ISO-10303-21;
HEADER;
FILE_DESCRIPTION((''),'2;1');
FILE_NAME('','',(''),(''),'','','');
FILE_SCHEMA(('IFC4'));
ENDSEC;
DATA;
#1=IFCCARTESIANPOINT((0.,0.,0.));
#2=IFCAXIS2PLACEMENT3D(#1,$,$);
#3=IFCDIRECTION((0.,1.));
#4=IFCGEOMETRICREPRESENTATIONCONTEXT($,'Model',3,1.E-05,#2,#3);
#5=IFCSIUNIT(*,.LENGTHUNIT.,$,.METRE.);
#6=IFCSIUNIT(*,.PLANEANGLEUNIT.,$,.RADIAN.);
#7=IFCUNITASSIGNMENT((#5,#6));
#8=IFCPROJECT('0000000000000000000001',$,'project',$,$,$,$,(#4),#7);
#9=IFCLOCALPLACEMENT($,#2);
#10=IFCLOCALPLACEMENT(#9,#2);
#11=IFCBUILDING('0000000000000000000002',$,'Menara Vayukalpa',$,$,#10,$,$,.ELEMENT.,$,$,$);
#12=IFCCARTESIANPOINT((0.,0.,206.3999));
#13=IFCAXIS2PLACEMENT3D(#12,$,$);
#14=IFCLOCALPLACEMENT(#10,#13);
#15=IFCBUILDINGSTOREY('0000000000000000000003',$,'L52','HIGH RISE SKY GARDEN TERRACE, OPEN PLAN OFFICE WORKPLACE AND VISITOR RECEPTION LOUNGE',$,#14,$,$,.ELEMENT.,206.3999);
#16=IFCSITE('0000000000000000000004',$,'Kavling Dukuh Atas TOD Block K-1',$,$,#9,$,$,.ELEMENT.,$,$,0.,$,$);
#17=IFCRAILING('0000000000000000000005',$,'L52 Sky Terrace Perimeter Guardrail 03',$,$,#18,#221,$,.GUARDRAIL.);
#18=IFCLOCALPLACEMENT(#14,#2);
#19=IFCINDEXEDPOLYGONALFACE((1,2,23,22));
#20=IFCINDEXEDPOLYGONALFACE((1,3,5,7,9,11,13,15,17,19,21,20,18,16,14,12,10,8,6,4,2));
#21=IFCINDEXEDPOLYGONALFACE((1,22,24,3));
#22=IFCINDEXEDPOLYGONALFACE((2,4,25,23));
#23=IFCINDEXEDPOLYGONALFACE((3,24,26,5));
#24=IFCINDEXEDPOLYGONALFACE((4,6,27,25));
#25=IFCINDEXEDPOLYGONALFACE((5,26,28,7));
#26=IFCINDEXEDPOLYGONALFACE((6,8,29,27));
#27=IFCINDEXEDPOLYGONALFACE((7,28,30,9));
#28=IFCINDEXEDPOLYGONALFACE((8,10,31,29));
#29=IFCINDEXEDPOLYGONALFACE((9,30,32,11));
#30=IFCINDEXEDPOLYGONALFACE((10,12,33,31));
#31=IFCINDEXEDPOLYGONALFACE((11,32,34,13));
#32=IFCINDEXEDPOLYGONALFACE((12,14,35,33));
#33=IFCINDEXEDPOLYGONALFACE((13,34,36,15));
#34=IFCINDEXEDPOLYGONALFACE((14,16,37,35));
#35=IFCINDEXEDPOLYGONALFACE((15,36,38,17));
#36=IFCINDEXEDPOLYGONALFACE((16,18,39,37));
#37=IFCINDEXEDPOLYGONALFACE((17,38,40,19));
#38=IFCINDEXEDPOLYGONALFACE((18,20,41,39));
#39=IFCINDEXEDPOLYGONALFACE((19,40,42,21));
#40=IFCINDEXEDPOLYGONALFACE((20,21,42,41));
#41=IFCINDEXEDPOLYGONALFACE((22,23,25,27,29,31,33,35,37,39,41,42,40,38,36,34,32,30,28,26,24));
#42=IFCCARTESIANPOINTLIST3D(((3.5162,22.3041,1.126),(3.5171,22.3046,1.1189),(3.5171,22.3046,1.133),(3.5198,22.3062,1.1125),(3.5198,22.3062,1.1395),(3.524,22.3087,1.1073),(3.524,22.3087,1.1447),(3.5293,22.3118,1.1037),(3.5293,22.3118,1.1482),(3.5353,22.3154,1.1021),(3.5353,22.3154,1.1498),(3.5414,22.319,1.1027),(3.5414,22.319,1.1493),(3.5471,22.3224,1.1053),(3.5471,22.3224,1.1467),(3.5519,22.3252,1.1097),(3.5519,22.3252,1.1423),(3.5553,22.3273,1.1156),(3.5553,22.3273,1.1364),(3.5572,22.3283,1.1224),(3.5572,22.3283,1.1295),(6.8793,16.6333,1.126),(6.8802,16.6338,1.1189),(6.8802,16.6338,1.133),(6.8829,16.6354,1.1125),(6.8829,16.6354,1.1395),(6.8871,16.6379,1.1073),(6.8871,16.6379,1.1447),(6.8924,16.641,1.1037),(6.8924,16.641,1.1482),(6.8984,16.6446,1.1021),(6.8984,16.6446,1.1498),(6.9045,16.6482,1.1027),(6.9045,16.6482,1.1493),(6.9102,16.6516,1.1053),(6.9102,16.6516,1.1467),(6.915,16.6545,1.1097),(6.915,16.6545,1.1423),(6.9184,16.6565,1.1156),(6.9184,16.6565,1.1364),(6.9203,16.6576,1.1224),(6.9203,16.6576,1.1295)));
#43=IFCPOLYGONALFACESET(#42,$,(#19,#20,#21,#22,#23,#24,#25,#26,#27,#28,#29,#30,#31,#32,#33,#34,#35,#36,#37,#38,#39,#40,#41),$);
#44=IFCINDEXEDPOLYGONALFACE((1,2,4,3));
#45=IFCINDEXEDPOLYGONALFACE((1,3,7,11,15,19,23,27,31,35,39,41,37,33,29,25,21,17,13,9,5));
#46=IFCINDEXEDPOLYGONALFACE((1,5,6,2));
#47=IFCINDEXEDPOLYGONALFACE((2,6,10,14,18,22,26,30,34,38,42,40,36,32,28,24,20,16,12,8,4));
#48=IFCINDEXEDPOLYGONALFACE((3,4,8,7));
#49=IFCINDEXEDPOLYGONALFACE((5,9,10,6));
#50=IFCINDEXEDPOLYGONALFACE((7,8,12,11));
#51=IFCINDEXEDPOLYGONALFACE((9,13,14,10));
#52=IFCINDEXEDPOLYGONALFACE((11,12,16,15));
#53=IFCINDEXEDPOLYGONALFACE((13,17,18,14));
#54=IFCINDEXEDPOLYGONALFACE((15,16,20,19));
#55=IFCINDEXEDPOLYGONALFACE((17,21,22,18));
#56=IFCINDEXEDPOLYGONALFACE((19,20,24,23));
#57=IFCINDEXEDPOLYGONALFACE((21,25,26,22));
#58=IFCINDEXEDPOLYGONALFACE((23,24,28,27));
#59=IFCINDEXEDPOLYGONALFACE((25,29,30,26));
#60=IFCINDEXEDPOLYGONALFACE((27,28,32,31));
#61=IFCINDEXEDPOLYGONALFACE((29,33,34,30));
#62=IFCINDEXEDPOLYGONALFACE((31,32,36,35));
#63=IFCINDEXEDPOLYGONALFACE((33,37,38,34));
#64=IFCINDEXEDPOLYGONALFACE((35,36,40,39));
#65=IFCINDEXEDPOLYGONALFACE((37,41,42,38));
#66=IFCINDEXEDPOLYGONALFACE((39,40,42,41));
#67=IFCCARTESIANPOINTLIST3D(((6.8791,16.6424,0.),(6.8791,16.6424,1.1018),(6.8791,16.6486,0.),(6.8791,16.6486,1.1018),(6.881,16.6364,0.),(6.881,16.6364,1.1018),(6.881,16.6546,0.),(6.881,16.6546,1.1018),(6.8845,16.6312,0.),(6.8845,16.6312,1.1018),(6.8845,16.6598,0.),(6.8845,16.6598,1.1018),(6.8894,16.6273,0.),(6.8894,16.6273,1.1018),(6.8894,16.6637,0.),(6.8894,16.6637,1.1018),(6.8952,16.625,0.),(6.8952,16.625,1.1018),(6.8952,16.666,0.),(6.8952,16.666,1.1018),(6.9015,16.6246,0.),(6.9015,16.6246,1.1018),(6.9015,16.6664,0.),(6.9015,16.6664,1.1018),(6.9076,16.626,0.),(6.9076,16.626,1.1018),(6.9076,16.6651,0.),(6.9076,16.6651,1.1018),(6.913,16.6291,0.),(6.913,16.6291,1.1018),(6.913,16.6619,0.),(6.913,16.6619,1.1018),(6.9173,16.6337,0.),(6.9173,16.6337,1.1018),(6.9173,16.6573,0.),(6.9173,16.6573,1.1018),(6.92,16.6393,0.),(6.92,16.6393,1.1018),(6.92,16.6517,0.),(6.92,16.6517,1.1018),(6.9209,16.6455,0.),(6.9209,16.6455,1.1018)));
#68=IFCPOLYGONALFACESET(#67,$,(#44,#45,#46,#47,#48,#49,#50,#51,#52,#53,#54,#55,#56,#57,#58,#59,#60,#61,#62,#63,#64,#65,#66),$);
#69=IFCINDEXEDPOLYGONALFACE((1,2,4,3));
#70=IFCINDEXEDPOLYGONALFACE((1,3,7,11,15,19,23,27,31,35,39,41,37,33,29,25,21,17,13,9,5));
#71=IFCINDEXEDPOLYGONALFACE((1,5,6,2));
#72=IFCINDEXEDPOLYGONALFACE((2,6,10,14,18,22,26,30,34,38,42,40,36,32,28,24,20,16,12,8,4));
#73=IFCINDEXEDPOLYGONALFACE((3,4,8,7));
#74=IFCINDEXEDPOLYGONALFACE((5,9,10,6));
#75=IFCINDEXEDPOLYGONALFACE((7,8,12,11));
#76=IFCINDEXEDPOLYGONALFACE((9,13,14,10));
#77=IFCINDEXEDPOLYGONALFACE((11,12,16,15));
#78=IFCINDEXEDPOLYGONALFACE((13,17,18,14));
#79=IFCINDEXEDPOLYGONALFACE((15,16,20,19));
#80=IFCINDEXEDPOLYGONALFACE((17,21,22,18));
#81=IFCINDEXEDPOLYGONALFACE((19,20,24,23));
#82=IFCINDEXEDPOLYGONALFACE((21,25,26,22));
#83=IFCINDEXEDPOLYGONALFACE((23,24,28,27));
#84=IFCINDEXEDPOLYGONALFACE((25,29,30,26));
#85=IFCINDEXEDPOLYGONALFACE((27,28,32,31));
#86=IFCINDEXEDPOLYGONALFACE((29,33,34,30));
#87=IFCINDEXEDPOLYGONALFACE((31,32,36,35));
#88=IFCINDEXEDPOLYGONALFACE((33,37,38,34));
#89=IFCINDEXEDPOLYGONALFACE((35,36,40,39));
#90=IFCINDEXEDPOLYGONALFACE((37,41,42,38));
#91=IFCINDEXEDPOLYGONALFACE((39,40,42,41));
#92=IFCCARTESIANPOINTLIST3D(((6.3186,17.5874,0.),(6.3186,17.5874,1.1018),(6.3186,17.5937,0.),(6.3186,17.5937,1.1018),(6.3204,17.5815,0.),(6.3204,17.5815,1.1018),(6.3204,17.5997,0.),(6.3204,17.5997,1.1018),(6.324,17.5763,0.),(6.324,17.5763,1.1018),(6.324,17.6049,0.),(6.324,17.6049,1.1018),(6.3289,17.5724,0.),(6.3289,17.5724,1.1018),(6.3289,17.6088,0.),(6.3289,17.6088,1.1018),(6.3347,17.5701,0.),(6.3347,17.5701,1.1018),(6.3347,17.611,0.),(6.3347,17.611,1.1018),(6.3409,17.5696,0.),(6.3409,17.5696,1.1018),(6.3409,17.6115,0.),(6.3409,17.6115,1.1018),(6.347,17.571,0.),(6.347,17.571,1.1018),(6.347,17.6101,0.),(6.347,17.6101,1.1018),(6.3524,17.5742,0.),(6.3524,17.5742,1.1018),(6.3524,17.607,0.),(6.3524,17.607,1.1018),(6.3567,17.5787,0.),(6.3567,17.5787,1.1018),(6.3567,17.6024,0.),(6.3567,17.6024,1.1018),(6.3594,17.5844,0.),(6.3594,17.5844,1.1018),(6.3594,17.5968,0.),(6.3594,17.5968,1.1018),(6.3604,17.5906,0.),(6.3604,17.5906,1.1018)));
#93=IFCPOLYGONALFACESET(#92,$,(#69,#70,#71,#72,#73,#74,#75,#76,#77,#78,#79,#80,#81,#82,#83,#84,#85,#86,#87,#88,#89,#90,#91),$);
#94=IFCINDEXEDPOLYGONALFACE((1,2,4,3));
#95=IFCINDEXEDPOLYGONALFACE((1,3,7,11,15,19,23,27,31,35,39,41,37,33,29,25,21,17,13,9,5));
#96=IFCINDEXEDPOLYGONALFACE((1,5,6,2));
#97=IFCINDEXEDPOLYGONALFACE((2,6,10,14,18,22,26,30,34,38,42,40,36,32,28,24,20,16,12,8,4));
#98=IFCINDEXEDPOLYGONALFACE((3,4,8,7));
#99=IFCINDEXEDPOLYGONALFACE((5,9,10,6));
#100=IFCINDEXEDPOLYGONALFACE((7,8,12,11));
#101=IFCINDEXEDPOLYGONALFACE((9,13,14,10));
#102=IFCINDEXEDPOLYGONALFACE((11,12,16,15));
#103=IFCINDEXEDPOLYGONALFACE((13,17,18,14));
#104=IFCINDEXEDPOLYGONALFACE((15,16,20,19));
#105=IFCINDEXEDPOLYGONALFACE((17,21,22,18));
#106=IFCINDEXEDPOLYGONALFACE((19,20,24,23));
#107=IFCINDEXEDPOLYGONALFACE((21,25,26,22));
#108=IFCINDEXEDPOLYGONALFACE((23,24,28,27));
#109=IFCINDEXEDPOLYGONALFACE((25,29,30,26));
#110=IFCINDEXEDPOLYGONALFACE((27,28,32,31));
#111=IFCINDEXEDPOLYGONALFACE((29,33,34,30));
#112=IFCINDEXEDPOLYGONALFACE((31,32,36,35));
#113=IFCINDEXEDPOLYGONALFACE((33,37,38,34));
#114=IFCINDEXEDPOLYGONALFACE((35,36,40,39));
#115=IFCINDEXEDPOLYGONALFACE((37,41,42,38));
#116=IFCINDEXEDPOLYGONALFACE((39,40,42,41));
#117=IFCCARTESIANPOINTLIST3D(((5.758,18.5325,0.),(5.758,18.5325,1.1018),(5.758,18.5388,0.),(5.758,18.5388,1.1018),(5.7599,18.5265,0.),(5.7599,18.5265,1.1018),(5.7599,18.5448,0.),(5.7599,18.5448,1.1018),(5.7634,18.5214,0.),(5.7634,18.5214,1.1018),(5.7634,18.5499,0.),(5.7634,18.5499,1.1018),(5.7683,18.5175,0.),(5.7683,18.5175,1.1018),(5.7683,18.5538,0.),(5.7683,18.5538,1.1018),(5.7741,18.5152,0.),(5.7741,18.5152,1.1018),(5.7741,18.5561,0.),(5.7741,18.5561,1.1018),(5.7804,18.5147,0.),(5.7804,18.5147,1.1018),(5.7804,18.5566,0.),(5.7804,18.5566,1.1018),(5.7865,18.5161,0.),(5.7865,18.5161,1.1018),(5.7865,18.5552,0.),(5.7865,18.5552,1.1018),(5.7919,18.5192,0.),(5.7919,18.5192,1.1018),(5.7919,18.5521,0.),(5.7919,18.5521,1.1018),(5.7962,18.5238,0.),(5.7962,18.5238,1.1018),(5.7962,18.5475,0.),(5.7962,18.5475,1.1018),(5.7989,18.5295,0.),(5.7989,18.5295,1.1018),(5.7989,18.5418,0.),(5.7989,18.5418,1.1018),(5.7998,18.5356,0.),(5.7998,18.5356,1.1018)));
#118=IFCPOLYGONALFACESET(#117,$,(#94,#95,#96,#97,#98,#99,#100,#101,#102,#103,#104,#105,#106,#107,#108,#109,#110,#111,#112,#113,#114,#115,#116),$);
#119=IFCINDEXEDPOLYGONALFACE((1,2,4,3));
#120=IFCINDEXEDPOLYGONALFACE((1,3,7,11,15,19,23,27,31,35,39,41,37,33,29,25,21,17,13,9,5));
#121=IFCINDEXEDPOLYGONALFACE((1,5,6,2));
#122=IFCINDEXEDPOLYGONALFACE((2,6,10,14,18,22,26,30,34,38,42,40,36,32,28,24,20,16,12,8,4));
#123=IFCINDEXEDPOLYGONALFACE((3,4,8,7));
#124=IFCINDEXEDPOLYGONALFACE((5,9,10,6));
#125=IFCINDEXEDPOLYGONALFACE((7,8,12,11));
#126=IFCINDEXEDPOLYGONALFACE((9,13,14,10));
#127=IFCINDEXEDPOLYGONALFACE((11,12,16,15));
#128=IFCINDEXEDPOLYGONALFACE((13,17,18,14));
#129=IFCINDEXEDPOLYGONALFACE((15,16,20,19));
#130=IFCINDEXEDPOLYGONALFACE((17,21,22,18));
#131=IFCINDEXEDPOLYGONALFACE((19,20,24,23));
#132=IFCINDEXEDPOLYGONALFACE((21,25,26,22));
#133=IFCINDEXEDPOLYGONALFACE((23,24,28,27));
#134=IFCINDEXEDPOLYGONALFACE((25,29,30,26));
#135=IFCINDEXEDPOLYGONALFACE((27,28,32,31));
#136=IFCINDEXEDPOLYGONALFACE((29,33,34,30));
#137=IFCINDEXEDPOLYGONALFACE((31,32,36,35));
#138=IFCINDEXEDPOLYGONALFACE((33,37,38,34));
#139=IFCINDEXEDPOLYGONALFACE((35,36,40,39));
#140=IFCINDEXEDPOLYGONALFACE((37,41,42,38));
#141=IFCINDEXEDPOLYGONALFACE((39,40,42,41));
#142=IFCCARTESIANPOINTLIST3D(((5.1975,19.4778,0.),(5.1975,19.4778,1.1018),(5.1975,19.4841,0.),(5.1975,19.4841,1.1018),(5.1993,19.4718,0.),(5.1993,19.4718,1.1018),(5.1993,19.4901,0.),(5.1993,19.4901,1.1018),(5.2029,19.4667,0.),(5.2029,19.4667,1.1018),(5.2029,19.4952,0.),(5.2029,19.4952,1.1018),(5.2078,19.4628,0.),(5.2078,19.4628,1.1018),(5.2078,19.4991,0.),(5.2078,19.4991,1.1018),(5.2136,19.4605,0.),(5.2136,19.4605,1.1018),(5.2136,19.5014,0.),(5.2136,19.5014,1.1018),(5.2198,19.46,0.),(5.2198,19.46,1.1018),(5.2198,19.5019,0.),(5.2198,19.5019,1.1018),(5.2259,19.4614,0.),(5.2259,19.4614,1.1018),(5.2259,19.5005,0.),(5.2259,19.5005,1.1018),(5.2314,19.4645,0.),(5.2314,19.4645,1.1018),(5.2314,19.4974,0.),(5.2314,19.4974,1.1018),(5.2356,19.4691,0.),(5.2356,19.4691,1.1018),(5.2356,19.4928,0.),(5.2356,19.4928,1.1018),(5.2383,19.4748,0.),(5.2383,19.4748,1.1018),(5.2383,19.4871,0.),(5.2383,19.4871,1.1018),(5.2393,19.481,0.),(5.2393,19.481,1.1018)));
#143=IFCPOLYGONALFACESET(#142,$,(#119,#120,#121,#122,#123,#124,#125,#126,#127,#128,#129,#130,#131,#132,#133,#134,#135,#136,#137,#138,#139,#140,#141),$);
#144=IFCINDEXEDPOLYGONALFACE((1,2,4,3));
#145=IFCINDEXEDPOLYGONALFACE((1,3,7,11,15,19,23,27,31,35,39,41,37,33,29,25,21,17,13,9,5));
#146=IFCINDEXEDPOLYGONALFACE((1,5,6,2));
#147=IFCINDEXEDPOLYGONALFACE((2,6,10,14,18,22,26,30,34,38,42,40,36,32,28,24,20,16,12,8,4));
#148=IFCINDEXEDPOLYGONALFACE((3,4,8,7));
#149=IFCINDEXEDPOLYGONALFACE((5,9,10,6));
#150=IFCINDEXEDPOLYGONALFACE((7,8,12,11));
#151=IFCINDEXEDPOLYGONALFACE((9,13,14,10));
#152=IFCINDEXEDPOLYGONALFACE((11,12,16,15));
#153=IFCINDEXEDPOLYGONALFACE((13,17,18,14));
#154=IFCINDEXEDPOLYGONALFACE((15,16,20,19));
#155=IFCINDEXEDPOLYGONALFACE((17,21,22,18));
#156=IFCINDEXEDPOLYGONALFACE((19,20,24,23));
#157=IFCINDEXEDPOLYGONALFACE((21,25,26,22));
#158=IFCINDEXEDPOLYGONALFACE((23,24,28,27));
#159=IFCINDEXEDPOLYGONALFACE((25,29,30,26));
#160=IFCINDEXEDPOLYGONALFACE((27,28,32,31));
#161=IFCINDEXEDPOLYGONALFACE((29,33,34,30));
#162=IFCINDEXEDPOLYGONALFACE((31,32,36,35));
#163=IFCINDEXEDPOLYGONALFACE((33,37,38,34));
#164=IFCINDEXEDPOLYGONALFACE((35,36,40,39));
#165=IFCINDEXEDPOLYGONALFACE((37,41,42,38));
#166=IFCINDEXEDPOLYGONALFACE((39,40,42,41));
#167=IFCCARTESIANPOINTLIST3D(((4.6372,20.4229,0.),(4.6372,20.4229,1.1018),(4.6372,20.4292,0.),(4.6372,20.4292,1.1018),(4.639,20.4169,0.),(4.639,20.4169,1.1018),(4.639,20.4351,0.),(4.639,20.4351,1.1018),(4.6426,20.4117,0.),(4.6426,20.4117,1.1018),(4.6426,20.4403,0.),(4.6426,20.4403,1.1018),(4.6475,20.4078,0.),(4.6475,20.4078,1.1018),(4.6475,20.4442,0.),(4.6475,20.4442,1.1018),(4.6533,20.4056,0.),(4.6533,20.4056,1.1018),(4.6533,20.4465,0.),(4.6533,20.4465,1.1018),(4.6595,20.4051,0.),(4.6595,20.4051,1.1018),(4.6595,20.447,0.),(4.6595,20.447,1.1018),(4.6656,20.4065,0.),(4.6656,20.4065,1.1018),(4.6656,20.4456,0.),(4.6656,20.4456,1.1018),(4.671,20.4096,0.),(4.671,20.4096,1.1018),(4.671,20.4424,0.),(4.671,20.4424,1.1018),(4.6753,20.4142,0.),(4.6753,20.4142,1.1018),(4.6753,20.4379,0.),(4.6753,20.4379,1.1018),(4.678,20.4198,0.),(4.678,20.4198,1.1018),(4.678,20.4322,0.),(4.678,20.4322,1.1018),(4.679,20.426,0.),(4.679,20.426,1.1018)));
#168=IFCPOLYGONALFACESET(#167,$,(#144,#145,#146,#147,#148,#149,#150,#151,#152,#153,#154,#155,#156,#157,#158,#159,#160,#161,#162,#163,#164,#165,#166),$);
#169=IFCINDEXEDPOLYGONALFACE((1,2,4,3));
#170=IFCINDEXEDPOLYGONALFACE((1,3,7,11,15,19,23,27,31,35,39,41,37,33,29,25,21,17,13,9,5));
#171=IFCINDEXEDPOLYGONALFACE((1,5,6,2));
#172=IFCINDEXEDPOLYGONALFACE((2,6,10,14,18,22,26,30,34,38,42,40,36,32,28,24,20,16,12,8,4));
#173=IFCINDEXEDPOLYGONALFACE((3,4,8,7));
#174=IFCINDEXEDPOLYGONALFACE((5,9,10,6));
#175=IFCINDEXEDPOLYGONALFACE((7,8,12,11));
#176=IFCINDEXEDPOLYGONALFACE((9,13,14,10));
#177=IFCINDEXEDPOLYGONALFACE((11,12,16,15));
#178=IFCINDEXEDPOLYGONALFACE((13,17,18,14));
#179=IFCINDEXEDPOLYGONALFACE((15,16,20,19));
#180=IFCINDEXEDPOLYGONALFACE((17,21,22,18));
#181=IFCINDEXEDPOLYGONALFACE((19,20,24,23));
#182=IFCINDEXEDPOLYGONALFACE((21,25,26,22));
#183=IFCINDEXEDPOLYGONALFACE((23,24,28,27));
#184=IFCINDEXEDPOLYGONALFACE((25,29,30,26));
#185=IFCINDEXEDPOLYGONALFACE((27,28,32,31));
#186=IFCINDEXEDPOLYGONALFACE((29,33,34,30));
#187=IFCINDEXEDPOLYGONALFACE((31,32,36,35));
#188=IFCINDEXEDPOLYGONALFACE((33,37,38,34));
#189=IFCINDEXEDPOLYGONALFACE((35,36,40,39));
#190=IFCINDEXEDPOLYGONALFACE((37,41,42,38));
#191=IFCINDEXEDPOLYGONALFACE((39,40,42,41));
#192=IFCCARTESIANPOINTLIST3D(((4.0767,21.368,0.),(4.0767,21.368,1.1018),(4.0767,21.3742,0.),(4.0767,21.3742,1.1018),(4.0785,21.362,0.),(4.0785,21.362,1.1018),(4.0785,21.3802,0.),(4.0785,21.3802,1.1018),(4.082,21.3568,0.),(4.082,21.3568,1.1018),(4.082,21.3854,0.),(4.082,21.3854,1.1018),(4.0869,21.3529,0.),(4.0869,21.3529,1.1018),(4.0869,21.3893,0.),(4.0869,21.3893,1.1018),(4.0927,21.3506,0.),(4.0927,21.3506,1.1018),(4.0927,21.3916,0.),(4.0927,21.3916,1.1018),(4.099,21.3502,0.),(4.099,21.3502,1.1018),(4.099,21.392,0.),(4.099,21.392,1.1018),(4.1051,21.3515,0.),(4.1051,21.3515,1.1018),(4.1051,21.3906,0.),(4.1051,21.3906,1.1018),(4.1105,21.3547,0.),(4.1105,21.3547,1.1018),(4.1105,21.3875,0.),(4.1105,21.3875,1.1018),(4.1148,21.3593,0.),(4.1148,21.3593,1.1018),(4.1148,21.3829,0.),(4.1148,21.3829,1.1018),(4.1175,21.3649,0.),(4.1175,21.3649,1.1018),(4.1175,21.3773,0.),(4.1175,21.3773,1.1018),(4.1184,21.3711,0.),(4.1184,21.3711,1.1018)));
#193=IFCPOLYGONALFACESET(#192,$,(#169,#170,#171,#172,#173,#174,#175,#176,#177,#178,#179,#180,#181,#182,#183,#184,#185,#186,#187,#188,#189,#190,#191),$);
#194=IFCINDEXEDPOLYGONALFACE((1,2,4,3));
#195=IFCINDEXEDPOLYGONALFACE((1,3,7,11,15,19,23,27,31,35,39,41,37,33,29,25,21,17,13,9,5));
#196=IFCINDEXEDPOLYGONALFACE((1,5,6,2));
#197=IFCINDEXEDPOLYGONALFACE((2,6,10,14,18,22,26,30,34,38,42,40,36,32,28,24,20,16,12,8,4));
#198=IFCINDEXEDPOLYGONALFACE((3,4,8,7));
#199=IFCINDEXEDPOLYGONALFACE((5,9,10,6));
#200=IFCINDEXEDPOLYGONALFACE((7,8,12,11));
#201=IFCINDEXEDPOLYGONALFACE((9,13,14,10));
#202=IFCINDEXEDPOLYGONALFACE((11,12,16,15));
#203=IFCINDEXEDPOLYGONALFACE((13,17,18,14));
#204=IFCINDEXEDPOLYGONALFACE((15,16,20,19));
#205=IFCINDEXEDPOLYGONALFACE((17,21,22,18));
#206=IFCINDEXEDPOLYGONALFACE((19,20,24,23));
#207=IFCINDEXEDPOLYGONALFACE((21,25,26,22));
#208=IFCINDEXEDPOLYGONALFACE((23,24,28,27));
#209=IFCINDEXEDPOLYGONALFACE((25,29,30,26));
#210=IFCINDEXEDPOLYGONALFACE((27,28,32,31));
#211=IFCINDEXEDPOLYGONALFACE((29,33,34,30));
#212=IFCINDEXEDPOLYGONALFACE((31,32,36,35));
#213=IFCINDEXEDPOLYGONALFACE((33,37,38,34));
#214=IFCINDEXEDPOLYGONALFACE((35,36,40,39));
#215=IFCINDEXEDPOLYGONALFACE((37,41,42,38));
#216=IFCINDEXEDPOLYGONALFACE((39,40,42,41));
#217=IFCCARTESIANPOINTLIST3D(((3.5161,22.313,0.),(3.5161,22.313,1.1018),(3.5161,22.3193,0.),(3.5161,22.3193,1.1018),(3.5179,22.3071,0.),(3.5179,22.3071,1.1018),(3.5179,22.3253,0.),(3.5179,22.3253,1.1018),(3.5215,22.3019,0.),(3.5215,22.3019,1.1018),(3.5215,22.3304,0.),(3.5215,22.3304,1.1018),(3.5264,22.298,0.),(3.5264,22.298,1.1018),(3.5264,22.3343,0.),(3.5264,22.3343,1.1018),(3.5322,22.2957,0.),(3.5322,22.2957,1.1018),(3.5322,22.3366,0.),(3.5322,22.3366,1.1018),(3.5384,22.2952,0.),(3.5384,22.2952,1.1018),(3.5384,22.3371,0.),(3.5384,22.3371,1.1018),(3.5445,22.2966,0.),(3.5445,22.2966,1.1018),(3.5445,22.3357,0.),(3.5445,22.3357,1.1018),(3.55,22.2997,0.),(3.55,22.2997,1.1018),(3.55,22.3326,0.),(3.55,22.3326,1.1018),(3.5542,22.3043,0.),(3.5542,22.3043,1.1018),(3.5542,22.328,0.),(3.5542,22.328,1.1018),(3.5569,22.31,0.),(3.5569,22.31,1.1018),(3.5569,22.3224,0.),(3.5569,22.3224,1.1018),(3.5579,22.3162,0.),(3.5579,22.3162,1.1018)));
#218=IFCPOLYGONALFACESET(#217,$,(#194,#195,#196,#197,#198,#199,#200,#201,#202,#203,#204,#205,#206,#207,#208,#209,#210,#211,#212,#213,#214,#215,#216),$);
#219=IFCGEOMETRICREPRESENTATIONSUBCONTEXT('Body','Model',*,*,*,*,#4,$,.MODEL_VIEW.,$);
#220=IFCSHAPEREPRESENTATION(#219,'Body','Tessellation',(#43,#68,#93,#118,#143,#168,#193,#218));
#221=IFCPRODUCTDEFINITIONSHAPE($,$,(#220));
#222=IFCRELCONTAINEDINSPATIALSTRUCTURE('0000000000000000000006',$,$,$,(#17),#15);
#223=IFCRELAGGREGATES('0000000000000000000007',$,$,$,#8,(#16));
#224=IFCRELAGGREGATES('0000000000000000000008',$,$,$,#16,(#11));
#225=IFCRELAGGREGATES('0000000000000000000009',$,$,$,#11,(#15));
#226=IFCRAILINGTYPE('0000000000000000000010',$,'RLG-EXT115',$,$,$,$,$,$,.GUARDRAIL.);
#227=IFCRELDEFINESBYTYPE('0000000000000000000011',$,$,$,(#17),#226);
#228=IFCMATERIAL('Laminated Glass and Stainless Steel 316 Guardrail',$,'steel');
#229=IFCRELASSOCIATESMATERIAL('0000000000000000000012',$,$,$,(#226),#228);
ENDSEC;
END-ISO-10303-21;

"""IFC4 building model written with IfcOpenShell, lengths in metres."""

from ifc_helpers import new_model, si_unit, direction, frame, origin, origin_2d, place, context, subcontext, project, spatial, circle, extrude, material, type_object, element, save


model = new_model("IFC4")

# Units and contexts
model_context = context("Model", 3, precision=1e-05, world=origin(), true_north=direction((0.0, 1.0)))
body_context = subcontext(model_context, "Body", "Model", "MODEL_VIEW")
ifc_project = project(units=[si_unit("LENGTHUNIT", "METRE"), si_unit("PLANEANGLEUNIT", "RADIAN")], contexts=[model_context])

# Site, building, storey
site_placement = place(None, origin())
site = spatial("IfcSite", under=ifc_project, at=site_placement, Name="Kavling Dukuh Atas TOD Block K-1", CompositionType="ELEMENT", RefElevation=0.0)
building_placement = place(site_placement, origin())
building = spatial("IfcBuilding", under=site, at=building_placement, Name="Menara Vayukalpa", CompositionType="ELEMENT")
storey_placement = place(building_placement, frame((0.0, 0.0, 206.3999)))
storey = spatial("IfcBuildingStorey", under=building, at=storey_placement, Name="L52", Description="HIGH RISE SKY GARDEN TERRACE, OPEN PLAN OFFICE WORKPLACE AND VISITOR RECEPTION LOUNGE", CompositionType="ELEMENT", Elevation=206.3999)

# Railing
ifc_material_1 = material(Name="Laminated Glass and Stainless Steel 316 Guardrail", Category="steel")
railing_type = type_object("IfcRailingType", Name="RLG-EXT115", PredefinedType="GUARDRAIL", material=ifc_material_1)
railing_1_placement = place(storey_placement, frame((6.8999, 16.6455, 0.0)))
element("IfcRailing", 1, at=railing_1_placement, inside=storey, type_object=railing_type, Name="L52 Sky Terrace Perimeter Guardrail 03", PredefinedType="GUARDRAIL", context=body_context, shape_type="SweptSolid", body=[
    extrude(circle(Radius=0.0239, at=origin_2d()), frame((0.0, 0.0, 1.126), z_axis=(-0.5101, 0.860115, 0.0), x_axis=(-0.860115, -0.5101, 0.0)), (0.0, 0.0, 1.0), 6.593),
    extrude(circle(Radius=0.021, at=origin_2d()), origin(), (0.0, 0.0, 1.0), 1.1018),
    extrude(circle(Radius=0.021, at=origin_2d()), frame((-0.5605, 0.9451, 0.0)), (0.0, 0.0, 1.0), 1.1018),
    extrude(circle(Radius=0.021, at=origin_2d()), frame((-1.1211, 1.8901, 0.0)), (0.0, 0.0, 1.0), 1.1018),
    extrude(circle(Radius=0.021, at=origin_2d()), frame((-1.6816, 2.8354, 0.0)), (0.0, 0.0, 1.0), 1.1018),
    extrude(circle(Radius=0.021, at=origin_2d()), frame((-2.2419, 3.7805, 0.0)), (0.0, 0.0, 1.0), 1.1018),
    extrude(circle(Radius=0.021, at=origin_2d()), frame((-2.8025, 4.7256, 0.0)), (0.0, 0.0, 1.0), 1.1018),
    extrude(circle(Radius=0.021, at=origin_2d()), frame((-3.363, 5.6707, 0.0)), (0.0, 0.0, 1.0), 1.1018),
])

save(model, "model.ifc")
